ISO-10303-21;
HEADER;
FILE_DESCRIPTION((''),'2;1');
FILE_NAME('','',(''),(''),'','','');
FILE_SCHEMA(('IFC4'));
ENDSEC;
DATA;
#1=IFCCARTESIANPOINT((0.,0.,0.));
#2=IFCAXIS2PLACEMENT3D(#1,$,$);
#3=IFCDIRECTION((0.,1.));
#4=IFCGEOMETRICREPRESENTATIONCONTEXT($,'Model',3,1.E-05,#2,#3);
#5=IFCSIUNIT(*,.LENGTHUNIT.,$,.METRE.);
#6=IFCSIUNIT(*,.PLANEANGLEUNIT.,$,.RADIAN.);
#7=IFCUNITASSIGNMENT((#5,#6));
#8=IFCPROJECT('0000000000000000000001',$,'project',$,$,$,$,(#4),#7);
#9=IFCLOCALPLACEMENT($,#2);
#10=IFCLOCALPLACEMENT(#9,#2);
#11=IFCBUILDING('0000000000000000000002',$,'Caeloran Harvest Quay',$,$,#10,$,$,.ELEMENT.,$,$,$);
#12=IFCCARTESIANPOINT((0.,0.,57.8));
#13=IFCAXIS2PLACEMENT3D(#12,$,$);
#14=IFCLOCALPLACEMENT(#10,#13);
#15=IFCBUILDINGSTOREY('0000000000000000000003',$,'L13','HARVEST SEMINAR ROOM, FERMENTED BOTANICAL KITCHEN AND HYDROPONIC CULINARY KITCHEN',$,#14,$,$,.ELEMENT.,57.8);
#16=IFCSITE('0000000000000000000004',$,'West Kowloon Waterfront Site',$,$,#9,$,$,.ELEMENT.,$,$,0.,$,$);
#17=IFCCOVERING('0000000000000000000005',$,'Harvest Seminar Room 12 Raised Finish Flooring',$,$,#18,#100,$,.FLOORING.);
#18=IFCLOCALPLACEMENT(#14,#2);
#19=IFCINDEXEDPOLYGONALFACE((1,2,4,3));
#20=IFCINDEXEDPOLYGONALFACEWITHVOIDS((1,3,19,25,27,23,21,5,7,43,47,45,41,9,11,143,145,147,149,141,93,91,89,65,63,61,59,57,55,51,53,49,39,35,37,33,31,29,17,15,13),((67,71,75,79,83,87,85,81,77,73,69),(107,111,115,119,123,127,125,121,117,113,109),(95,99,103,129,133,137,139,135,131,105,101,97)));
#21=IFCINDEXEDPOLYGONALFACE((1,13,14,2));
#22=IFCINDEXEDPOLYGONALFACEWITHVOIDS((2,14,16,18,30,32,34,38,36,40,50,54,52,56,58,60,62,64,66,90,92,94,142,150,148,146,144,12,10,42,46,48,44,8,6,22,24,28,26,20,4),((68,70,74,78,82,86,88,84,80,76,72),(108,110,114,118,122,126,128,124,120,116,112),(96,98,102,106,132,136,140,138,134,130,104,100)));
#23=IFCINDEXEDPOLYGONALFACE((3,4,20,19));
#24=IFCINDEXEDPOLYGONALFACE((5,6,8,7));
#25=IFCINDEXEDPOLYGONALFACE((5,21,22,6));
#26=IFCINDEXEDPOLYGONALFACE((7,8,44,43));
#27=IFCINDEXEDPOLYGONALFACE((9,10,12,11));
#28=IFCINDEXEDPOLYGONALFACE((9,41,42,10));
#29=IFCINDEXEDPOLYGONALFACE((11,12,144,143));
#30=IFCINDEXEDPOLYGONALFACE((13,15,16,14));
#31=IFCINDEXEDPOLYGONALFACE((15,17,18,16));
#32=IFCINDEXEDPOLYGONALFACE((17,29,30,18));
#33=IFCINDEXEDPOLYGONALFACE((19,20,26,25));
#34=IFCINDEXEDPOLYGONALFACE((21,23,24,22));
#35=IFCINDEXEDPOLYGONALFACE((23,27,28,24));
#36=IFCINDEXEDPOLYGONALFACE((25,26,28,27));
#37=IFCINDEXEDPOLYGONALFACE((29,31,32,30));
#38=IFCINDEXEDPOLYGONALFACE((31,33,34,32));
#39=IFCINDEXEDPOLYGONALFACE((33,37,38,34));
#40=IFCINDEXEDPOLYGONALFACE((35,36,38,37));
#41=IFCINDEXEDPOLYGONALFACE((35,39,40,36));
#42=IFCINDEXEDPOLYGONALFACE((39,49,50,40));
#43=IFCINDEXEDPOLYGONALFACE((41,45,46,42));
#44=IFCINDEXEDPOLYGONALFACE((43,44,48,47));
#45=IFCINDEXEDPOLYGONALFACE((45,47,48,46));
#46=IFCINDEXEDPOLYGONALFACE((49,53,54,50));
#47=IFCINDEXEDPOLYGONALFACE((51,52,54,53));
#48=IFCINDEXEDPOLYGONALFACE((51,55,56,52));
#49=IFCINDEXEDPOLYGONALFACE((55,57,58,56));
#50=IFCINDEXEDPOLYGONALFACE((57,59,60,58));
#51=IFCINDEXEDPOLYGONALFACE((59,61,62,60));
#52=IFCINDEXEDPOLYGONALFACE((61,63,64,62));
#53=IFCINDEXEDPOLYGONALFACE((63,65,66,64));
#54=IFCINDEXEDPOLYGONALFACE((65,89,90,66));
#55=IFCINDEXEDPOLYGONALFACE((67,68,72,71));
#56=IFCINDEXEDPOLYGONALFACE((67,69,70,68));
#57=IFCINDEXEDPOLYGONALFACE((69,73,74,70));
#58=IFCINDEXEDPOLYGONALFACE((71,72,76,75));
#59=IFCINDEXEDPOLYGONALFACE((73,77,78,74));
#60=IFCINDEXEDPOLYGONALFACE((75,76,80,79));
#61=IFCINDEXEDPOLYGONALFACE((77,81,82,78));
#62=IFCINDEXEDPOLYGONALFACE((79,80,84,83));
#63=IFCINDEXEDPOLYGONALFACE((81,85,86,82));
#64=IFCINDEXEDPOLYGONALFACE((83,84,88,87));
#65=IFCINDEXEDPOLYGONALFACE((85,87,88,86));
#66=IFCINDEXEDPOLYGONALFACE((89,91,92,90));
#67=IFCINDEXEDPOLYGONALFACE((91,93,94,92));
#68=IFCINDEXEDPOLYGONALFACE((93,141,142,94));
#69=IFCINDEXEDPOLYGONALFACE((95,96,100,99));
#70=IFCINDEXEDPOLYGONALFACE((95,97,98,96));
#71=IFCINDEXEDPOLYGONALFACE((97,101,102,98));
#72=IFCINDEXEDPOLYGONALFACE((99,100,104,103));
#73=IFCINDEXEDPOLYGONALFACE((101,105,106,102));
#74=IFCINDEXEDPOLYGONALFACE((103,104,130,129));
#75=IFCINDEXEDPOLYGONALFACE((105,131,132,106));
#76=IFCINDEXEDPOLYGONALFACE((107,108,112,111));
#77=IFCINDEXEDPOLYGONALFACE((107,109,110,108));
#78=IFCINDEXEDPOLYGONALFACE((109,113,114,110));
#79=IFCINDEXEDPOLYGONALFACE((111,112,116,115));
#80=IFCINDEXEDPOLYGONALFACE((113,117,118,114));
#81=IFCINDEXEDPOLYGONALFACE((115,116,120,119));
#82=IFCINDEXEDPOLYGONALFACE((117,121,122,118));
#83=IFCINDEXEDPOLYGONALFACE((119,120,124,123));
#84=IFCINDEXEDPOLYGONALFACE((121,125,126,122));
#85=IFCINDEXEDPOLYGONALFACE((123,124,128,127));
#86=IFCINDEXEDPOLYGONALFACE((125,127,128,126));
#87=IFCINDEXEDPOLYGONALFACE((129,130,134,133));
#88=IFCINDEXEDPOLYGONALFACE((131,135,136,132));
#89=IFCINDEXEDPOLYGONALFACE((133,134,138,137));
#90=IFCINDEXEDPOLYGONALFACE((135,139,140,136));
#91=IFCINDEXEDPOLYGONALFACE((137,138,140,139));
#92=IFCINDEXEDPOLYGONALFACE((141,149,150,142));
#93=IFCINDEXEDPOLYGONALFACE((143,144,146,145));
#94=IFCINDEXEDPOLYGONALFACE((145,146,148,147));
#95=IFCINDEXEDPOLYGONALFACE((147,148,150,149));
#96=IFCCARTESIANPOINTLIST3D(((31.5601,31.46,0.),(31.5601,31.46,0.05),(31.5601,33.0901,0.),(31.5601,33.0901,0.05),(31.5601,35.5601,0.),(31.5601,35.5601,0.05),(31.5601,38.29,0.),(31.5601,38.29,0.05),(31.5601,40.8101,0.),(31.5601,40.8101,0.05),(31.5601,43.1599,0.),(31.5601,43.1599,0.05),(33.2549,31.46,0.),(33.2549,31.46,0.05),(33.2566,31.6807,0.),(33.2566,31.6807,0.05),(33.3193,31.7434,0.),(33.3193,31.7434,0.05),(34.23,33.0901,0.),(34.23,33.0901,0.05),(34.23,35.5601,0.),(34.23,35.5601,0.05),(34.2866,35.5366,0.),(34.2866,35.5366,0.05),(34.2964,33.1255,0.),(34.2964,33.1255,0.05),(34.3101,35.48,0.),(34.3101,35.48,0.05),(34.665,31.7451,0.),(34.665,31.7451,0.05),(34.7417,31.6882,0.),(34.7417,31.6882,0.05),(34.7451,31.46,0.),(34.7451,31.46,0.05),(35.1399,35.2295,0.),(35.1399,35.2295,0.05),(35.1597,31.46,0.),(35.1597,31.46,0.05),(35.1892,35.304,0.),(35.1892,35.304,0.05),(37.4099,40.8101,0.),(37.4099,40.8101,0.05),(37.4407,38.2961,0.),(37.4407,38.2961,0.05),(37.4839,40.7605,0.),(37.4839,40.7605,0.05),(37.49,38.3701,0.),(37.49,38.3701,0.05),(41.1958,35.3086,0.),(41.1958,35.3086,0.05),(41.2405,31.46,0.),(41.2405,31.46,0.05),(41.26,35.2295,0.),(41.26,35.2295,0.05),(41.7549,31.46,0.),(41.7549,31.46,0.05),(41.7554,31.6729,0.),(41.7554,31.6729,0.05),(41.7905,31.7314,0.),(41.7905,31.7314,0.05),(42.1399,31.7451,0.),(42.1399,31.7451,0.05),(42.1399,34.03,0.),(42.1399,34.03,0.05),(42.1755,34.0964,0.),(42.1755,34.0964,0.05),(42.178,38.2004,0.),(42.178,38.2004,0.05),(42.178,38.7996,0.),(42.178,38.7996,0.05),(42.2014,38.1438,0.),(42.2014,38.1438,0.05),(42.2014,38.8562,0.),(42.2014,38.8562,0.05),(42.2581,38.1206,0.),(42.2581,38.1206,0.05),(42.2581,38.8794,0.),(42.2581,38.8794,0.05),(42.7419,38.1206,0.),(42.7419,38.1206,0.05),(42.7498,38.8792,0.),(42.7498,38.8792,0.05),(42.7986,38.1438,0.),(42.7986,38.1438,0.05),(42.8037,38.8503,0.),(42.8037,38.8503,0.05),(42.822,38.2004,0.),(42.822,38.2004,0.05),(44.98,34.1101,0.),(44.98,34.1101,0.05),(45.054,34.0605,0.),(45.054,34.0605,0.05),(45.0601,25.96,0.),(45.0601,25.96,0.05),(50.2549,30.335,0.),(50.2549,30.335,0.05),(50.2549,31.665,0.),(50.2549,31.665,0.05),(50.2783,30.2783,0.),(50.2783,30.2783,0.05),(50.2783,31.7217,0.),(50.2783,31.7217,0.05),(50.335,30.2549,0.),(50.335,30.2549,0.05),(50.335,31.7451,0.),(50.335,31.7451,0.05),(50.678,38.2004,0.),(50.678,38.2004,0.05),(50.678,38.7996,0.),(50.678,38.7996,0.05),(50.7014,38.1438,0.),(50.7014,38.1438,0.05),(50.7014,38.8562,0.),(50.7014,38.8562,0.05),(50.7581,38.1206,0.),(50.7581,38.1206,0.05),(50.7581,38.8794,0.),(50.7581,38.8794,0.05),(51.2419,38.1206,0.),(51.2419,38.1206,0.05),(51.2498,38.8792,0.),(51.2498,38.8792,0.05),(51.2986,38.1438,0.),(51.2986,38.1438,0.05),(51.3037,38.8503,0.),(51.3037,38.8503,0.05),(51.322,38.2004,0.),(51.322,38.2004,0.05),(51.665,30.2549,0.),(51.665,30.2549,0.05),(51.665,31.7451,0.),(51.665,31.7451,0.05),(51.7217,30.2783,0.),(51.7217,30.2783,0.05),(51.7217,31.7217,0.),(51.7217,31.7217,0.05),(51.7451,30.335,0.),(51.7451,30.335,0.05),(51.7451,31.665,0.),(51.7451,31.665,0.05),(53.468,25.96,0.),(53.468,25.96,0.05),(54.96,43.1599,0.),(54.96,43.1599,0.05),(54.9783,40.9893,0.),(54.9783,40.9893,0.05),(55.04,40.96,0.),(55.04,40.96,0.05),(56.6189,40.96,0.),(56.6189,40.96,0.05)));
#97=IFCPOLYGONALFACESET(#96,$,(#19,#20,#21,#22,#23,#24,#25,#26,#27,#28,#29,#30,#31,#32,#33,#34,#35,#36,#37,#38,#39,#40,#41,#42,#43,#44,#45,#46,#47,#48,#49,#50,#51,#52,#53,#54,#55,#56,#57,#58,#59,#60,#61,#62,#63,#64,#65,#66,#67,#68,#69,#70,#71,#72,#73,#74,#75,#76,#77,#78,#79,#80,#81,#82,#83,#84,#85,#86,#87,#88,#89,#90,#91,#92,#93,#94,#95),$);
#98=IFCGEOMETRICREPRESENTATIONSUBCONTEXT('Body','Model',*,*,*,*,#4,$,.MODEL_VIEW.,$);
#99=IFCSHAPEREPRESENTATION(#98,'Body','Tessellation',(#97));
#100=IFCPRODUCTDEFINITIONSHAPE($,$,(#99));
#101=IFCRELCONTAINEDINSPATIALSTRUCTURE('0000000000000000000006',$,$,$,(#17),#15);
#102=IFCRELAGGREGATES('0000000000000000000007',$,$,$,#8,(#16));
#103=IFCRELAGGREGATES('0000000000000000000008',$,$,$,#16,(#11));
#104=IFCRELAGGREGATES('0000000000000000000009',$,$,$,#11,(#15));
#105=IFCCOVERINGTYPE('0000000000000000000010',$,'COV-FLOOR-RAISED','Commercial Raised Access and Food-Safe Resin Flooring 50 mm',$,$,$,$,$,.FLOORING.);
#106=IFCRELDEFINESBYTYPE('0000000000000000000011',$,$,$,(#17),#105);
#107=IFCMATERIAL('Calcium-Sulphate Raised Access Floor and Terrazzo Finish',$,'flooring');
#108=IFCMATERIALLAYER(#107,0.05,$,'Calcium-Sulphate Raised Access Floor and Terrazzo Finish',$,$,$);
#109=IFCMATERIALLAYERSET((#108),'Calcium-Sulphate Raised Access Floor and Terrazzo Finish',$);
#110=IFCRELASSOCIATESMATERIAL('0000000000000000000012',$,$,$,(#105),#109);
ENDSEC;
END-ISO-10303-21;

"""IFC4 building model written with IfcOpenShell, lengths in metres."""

from ifc_helpers import new_model, si_unit, direction, frame, origin, place, context, subcontext, project, spatial, polyline, outline, extrude, material, layer, layer_set, type_object, element, save


model = new_model("IFC4")

# Units and contexts
model_context = context("Model", 3, precision=1e-05, world=origin(), true_north=direction((0.0, 1.0)))
body_context = subcontext(model_context, "Body", "Model", "MODEL_VIEW")
ifc_project = project(units=[si_unit("LENGTHUNIT", "METRE"), si_unit("PLANEANGLEUNIT", "RADIAN")], contexts=[model_context])

# Site, building, storey
site_placement = place(None, origin())
site = spatial("IfcSite", under=ifc_project, at=site_placement, Name="West Kowloon Waterfront Site", CompositionType="ELEMENT", RefElevation=0.0)
building_placement = place(site_placement, origin())
building = spatial("IfcBuilding", under=site, at=building_placement, Name="Caeloran Harvest Quay", CompositionType="ELEMENT")
storey_placement = place(building_placement, frame((0.0, 0.0, 57.8)))
storey = spatial("IfcBuildingStorey", under=building, at=storey_placement, Name="L13", Description="HARVEST SEMINAR ROOM, FERMENTED BOTANICAL KITCHEN AND HYDROPONIC CULINARY KITCHEN", CompositionType="ELEMENT", Elevation=57.8)

# Covering
ifc_material_1 = material(Name="Calcium-Sulphate Raised Access Floor and Terrazzo Finish", Category="flooring")
ifc_layer_1 = layer(ifc_material_1, 0.05, Name="Calcium-Sulphate Raised Access Floor and Terrazzo Finish")
ifc_layer_set_1 = layer_set([ifc_layer_1], Name="Calcium-Sulphate Raised Access Floor and Terrazzo Finish")
covering_type_1 = type_object("IfcCoveringType", Name="COV-FLOOR-RAISED", Description="Commercial Raised Access and Food-Safe Resin Flooring 50 mm", PredefinedType="FLOORING", material=ifc_layer_set_1)
covering_1_placement = place(storey_placement, origin())
element("IfcCovering", 1, at=covering_1_placement, inside=storey, type_object=covering_type_1, Name="Harvest Seminar Room 12 Raised Finish Flooring", PredefinedType="FLOORING", context=body_context, shape_type="SweptSolid", body=[
    extrude(outline(polyline([(34.3101, 35.48), (34.2866, 35.5366), (34.23, 35.5601), (31.5601, 35.5601), (31.5601, 38.29), (37.4407, 38.2961), (37.49, 38.3701), (37.4839, 40.7605), (37.4099, 40.8101), (31.5601, 40.8101), (31.5601, 43.1599), (54.96, 43.1599), (54.9783, 40.9893), (55.04, 40.96), (56.6189, 40.96), (53.468, 25.96), (45.0601, 25.96), (45.054, 34.0605), (44.98, 34.1101), (42.1755, 34.0964), (42.1399, 34.03), (42.1399, 31.7451), (41.7905, 31.7314), (41.7554, 31.6729), (41.7549, 31.46), (41.2405, 31.46), (41.26, 35.2295), (41.1958, 35.3086), (35.1892, 35.304), (35.1399, 35.2295), (35.1597, 31.46), (34.7451, 31.46), (34.7417, 31.6882), (34.665, 31.7451), (33.3193, 31.7434), (33.2566, 31.6807), (33.2549, 31.46), (31.5601, 31.46), (31.5601, 33.0901), (34.23, 33.0901), (34.2964, 33.1255), (34.3101, 35.48)]), holes=[polyline([(51.7451, 31.665), (51.7217, 31.7217), (51.665, 31.7451), (50.335, 31.7451), (50.2783, 31.7217), (50.2549, 31.665), (50.2549, 30.335), (50.2783, 30.2783), (50.335, 30.2549), (51.665, 30.2549), (51.7217, 30.2783), (51.7451, 30.335), (51.7451, 31.665)]), polyline([(51.322, 38.2004), (51.3037, 38.8503), (51.2498, 38.8792), (50.7581, 38.8794), (50.7014, 38.8562), (50.678, 38.7996), (50.678, 38.2004), (50.7014, 38.1438), (50.7581, 38.1206), (51.2419, 38.1206), (51.2986, 38.1438), (51.322, 38.2004)]), polyline([(42.822, 38.2004), (42.8037, 38.8503), (42.7498, 38.8792), (42.2581, 38.8794), (42.2014, 38.8562), (42.178, 38.7996), (42.178, 38.2004), (42.2014, 38.1438), (42.2581, 38.1206), (42.7419, 38.1206), (42.7986, 38.1438), (42.822, 38.2004)])]), origin(), (0.0, 0.0, 1.0), 0.05),
])

save(model, "model.ifc")
